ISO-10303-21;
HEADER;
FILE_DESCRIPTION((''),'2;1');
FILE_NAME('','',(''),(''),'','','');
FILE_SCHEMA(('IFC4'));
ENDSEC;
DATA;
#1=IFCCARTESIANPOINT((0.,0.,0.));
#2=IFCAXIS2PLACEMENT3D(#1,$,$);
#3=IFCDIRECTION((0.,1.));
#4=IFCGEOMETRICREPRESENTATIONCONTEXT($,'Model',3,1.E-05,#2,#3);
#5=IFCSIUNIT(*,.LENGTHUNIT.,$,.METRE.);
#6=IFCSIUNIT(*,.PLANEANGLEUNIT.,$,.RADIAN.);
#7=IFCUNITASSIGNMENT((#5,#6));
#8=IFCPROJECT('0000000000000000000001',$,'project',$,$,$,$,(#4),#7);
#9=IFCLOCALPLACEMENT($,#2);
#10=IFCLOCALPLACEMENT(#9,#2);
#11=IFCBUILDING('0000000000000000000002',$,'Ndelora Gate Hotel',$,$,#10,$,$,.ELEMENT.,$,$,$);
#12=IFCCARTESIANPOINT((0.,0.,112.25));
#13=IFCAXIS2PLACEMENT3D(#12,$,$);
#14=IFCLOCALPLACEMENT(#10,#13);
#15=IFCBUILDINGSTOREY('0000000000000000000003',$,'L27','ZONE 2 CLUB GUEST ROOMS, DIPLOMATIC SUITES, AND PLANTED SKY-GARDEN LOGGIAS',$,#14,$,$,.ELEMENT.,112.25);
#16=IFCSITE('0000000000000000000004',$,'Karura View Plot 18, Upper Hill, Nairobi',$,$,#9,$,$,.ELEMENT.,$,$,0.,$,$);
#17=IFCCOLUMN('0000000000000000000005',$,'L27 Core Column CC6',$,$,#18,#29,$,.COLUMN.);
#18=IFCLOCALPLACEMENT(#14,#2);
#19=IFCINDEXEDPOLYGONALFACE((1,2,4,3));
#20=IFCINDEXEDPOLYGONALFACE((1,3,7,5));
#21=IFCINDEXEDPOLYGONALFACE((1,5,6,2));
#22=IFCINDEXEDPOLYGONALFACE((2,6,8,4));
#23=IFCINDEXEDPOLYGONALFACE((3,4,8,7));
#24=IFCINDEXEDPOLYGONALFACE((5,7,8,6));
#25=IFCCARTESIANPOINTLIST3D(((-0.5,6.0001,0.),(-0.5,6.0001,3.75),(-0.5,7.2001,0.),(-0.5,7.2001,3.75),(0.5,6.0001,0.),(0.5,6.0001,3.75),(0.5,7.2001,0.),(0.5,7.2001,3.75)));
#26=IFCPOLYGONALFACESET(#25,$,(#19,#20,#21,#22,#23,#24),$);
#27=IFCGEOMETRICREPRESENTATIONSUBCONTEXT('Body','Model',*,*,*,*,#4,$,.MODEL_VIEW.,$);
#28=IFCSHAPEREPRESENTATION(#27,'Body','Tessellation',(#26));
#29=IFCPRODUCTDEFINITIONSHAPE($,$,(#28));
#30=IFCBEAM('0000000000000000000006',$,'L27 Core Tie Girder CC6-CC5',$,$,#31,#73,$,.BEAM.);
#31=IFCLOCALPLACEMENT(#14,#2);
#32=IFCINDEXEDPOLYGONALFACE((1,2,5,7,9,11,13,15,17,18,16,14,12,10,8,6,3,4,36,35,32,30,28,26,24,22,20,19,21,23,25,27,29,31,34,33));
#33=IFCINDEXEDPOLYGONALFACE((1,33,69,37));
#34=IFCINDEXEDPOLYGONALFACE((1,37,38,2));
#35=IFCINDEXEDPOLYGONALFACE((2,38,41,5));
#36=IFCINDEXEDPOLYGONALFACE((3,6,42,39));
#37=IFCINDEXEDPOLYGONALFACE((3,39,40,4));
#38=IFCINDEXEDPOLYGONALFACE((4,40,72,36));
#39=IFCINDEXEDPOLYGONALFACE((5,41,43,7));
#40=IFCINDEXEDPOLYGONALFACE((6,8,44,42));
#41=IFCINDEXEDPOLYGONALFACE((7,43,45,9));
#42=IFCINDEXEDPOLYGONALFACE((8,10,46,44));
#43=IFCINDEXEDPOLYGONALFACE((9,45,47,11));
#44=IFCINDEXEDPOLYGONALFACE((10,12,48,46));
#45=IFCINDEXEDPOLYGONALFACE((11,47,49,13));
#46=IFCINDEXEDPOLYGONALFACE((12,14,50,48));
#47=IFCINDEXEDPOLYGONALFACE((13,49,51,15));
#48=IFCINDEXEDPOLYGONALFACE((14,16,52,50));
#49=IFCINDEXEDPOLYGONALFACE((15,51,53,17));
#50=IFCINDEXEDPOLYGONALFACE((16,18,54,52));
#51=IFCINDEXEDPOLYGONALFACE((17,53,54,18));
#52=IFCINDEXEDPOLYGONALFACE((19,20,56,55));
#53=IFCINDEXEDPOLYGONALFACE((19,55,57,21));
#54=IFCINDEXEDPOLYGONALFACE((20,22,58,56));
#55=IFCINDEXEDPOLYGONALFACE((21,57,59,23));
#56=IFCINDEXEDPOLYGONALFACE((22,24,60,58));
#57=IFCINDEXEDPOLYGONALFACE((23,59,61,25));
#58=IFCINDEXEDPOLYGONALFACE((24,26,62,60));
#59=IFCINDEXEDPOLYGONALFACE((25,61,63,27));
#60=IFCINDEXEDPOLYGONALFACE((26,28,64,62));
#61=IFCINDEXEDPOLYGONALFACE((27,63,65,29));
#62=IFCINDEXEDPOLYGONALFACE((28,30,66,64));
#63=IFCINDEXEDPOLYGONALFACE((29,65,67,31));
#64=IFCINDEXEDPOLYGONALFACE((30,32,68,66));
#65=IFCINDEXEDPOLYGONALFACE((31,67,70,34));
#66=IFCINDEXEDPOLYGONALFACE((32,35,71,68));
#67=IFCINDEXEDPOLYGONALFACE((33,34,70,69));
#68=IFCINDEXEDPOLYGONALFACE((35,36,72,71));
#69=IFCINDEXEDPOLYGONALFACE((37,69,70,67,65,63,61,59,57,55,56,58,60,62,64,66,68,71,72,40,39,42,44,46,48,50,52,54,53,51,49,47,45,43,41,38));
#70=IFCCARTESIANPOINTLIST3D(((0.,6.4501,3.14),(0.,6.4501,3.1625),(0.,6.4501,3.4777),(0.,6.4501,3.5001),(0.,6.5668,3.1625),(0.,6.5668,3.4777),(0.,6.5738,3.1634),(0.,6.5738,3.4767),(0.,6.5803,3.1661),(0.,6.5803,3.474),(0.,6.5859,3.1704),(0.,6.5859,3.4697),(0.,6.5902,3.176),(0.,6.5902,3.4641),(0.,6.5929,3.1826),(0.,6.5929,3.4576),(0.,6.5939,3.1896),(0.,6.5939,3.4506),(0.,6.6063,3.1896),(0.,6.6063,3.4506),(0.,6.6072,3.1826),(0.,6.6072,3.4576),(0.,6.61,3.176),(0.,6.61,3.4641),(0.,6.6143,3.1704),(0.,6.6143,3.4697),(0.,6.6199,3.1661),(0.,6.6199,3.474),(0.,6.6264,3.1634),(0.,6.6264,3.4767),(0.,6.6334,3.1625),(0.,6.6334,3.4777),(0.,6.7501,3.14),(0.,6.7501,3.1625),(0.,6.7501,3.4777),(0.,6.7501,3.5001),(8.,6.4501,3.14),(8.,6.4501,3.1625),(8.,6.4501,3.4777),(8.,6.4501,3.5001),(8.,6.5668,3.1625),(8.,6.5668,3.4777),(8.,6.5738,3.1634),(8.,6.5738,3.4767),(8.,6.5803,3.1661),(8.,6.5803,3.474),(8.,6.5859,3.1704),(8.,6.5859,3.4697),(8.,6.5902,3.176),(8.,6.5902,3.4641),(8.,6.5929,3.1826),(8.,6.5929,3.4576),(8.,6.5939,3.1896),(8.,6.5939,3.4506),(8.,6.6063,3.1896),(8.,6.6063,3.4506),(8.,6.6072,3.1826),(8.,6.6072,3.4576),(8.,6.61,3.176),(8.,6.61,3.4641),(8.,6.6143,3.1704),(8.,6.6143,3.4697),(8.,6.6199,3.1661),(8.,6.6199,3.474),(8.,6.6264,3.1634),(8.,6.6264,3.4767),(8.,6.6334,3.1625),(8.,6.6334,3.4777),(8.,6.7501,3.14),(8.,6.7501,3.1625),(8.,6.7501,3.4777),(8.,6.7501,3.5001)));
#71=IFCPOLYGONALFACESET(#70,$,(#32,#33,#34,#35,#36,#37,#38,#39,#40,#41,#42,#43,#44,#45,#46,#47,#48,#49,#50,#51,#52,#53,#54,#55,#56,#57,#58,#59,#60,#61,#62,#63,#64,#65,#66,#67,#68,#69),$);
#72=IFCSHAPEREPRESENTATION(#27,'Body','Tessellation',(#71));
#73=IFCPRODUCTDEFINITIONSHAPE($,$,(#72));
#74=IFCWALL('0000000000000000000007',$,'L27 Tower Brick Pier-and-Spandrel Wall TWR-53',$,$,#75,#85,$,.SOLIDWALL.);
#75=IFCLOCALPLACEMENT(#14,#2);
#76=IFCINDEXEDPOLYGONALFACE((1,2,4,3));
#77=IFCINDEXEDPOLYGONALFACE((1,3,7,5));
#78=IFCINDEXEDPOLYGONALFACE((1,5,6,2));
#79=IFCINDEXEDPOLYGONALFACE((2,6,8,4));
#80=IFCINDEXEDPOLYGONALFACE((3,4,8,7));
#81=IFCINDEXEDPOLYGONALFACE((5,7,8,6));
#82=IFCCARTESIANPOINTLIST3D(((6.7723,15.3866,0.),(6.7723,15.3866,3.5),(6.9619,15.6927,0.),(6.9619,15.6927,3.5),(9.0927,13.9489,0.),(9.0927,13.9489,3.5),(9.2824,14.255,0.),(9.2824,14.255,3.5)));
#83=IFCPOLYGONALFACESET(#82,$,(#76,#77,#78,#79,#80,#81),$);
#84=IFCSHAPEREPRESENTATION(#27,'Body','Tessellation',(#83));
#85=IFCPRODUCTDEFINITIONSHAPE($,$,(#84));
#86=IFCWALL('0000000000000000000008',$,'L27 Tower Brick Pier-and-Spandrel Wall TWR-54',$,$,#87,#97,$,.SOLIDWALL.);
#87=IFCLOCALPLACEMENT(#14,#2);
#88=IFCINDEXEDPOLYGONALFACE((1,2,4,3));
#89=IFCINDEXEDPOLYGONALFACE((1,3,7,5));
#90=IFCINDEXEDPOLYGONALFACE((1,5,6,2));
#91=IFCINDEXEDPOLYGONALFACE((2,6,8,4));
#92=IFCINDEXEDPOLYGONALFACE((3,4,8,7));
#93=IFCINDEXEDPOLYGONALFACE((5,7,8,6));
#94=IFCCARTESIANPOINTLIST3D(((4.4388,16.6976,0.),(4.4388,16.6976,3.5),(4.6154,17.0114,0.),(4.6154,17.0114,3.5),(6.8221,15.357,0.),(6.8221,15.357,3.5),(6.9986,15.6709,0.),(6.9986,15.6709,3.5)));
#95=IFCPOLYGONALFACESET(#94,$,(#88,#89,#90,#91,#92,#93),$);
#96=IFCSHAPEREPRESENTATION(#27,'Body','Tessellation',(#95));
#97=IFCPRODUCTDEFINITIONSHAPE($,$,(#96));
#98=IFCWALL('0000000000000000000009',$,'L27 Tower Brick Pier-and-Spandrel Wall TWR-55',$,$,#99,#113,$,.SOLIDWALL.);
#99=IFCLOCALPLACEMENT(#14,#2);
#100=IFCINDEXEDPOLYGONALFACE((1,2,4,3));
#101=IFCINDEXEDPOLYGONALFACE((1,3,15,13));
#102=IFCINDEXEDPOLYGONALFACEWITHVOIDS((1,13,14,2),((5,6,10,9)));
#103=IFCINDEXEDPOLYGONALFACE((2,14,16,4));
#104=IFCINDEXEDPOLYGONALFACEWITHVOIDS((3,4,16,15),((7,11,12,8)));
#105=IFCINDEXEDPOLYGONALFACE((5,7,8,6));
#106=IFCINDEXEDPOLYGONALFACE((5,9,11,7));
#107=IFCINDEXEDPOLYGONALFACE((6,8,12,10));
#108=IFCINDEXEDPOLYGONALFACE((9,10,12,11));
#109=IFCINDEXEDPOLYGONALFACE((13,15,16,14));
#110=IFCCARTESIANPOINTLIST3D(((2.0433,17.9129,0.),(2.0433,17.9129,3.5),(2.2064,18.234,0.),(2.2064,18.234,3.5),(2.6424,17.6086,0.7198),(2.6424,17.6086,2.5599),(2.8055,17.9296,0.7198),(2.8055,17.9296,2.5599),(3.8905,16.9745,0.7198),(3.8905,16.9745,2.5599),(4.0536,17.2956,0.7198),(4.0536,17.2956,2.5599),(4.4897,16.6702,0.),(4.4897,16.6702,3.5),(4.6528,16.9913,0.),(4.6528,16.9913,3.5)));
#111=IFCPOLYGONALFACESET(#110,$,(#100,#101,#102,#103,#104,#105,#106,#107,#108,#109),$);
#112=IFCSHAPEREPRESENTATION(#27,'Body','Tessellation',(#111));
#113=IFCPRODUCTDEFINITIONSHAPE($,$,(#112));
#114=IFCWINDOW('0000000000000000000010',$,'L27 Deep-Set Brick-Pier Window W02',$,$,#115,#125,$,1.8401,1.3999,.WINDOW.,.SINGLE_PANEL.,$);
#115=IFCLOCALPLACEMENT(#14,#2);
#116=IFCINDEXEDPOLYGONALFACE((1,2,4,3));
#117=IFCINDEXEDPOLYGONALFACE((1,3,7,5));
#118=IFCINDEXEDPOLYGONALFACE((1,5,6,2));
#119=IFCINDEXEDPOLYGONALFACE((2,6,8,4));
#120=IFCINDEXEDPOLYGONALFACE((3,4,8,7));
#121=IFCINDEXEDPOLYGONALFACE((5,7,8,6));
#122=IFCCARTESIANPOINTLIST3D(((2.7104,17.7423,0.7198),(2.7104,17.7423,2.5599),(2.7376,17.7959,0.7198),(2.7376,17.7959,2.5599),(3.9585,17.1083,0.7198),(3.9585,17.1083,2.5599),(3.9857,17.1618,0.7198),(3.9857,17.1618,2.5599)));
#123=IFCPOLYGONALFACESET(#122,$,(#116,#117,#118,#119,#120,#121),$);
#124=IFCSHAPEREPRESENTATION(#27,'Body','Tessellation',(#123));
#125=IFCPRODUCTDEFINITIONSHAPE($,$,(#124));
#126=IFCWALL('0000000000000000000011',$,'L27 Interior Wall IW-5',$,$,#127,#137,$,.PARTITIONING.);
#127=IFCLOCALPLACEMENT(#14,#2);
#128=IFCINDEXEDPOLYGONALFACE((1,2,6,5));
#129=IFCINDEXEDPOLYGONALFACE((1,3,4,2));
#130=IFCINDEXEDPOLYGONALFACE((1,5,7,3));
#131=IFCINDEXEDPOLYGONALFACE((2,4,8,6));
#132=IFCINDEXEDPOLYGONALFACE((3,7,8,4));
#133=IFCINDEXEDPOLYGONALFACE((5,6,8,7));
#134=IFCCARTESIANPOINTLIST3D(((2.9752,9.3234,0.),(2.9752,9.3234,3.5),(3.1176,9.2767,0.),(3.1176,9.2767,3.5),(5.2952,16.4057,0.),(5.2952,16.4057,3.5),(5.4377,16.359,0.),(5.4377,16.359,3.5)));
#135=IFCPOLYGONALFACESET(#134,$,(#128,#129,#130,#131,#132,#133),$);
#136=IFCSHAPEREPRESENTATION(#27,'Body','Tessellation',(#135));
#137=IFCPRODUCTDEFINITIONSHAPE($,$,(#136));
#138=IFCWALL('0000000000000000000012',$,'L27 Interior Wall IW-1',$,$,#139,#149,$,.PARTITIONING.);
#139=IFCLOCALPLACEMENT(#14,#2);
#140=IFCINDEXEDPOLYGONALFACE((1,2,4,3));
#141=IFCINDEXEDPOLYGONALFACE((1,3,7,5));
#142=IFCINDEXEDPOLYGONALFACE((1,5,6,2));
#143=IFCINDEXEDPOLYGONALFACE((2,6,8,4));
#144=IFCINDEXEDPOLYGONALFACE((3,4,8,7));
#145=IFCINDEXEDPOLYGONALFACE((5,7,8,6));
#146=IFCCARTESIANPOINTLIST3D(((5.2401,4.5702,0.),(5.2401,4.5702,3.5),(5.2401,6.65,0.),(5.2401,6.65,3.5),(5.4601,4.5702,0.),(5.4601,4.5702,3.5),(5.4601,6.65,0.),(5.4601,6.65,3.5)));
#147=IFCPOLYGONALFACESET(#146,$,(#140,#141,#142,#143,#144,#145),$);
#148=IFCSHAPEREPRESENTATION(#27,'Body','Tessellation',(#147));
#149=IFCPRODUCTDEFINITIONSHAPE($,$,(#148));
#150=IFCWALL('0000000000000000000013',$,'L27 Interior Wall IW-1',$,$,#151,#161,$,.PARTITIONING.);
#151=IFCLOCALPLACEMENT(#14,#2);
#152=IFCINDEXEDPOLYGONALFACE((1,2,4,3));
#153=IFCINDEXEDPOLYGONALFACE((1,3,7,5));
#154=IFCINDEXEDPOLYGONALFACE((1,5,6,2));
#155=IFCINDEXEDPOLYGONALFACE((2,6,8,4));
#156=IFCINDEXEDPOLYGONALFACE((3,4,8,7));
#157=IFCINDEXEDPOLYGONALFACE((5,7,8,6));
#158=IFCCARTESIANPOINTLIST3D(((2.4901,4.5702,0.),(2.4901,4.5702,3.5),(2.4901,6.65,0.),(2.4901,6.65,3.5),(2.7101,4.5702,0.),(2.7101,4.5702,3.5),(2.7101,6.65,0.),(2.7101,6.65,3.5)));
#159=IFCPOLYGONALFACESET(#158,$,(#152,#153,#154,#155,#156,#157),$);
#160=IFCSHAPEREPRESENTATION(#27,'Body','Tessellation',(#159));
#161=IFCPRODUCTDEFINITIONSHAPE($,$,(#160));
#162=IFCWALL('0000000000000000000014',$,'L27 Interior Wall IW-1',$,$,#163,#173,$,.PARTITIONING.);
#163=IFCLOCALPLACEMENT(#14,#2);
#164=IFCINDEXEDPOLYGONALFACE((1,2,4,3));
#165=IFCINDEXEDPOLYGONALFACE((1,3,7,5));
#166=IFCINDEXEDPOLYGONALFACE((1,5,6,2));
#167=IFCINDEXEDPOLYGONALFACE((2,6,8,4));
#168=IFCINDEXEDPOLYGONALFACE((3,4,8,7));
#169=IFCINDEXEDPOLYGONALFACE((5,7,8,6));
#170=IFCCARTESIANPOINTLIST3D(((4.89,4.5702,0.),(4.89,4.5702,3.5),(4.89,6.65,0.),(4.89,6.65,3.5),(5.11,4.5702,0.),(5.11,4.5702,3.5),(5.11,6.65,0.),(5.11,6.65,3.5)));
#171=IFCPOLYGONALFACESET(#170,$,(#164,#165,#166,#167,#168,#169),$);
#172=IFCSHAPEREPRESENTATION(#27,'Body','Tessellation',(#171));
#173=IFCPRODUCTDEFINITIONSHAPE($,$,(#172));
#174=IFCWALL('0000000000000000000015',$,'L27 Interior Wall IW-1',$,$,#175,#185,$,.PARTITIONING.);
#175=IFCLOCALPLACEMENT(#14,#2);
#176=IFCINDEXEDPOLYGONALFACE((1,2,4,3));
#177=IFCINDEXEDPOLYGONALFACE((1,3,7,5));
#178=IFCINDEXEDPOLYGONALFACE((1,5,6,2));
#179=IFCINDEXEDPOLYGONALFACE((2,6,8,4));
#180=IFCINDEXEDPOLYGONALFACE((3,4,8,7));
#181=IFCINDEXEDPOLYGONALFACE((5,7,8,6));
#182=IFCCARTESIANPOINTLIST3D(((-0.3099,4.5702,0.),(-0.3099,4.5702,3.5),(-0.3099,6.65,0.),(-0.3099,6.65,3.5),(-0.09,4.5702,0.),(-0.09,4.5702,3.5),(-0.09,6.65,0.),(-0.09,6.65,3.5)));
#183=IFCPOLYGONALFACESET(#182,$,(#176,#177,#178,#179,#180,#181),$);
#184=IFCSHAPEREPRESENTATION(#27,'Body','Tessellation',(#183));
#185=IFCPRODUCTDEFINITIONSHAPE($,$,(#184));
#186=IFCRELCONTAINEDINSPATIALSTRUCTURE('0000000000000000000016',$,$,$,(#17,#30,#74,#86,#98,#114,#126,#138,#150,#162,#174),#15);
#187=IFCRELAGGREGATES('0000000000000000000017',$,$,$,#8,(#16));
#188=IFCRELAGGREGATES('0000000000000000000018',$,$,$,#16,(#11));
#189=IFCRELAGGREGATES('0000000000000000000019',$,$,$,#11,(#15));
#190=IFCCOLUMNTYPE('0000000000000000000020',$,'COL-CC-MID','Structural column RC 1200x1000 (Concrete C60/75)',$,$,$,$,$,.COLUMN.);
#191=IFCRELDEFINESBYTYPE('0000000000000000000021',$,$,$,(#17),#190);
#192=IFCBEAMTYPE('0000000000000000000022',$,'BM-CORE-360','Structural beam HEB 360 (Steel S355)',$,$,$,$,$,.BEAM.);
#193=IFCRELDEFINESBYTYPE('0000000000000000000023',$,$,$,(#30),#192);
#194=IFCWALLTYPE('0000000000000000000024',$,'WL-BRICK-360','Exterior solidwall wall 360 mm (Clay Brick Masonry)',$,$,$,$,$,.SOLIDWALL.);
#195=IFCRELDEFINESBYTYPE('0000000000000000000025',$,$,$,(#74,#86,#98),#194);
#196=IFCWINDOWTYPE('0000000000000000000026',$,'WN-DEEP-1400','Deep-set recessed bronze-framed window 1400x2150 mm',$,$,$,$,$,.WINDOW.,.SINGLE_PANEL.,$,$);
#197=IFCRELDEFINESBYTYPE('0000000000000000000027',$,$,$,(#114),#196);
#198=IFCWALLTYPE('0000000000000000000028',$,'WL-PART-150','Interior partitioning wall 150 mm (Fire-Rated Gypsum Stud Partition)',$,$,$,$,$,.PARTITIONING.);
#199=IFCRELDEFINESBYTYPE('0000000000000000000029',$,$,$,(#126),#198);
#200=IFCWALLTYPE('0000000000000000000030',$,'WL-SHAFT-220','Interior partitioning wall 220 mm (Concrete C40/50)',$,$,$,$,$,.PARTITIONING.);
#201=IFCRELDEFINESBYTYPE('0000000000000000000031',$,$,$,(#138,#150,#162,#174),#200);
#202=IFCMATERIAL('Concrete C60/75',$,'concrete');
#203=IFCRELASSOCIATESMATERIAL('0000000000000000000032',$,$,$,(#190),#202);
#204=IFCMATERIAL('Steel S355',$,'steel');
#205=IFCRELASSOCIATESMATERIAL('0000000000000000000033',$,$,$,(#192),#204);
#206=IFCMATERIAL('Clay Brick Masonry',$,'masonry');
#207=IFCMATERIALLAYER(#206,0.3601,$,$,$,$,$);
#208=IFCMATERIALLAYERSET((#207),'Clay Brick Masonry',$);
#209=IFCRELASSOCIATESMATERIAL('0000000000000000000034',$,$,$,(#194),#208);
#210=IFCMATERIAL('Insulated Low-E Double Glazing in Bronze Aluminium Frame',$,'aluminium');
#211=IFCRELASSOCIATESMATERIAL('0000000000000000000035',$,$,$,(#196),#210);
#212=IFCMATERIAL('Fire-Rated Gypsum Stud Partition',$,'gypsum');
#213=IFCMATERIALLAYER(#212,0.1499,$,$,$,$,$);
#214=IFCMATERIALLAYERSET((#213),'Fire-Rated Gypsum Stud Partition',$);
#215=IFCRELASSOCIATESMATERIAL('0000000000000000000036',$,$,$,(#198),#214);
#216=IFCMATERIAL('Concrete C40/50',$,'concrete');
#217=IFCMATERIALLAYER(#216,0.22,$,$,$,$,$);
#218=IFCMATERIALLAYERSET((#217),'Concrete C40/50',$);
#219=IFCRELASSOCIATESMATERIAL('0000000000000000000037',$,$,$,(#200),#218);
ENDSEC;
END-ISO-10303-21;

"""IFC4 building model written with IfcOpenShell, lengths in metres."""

from ifc_helpers import new_model, si_unit, direction, frame, frame_2d, origin, origin_2d, place, context, subcontext, project, spatial, rectangle, i_section, extrude, material, layer, layer_set, material_profile, profile_set, type_object, element, fill, save


model = new_model("IFC4")

# Units and contexts
model_context = context("Model", 3, precision=1e-05, world=origin(), true_north=direction((0.0, 1.0)))
body_context = subcontext(model_context, "Body", "Model", "MODEL_VIEW")
ifc_project = project(units=[si_unit("LENGTHUNIT", "METRE"), si_unit("PLANEANGLEUNIT", "RADIAN")], contexts=[model_context])

# Site, building, storey
site_placement = place(None, origin())
site = spatial("IfcSite", under=ifc_project, at=site_placement, Name="Karura View Plot 18, Upper Hill, Nairobi", CompositionType="ELEMENT", RefElevation=0.0)
building_placement = place(site_placement, origin())
building = spatial("IfcBuilding", under=site, at=building_placement, Name="Ndelora Gate Hotel", CompositionType="ELEMENT")
storey_placement = place(building_placement, frame((0.0, 0.0, 112.25)))
storey = spatial("IfcBuildingStorey", under=building, at=storey_placement, Name="L27", Description="ZONE 2 CLUB GUEST ROOMS, DIPLOMATIC SUITES, AND PLANTED SKY-GARDEN LOGGIAS", CompositionType="ELEMENT", Elevation=112.25)

# Column
ifc_material_1 = material(Name="Concrete C60/75", Category="concrete")
ifc_material_profile_1 = material_profile(ifc_material_1, rectangle(XDim=1.0, YDim=1.2, at=origin_2d()), Name="RC 1200x1000")
ifc_profile_set_1 = profile_set([ifc_material_profile_1], Name="Concrete C60/75")
column_type = type_object("IfcColumnType", Name="COL-CC-MID", Description="Structural column RC 1200x1000 (Concrete C60/75)", PredefinedType="COLUMN", material=ifc_profile_set_1)
column_placement = place(storey_placement, frame((0.0, 6.6001, 0.0), z_axis=(0.0, 0.0, 1.0), x_axis=(1.0, 0.0, 0.0)))
element("IfcColumn", 1, at=column_placement, inside=storey, type_object=column_type, Name="L27 Core Column CC6", PredefinedType="COLUMN", context=body_context, shape_type="SweptSolid", body=[
    extrude(rectangle(XDim=1.0, YDim=1.2, at=origin_2d()), origin(), (0.0, 0.0, 1.0), 3.75),
])

# Beam
ifc_material_2 = material(Name="Steel S355", Category="steel")
ifc_material_profile_2 = material_profile(ifc_material_2, i_section(OverallWidth=0.3, OverallDepth=0.3601, WebThickness=0.0125, FlangeThickness=0.0225, FilletRadius=0.0271, at=origin_2d()), Name="HEB 360")
ifc_profile_set_2 = profile_set([ifc_material_profile_2], Name="Steel S355")
beam_type = type_object("IfcBeamType", Name="BM-CORE-360", Description="Structural beam HEB 360 (Steel S355)", PredefinedType="BEAM", material=ifc_profile_set_2)
beam_placement = place(storey_placement, frame((0.0, 6.6001, 3.3201), z_axis=(1.0, 0.0, 0.0), x_axis=(0.0, 1.0, 0.0)))
element("IfcBeam", 2, at=beam_placement, inside=storey, type_object=beam_type, Name="L27 Core Tie Girder CC6-CC5", PredefinedType="BEAM", context=body_context, shape_type="SweptSolid", body=[
    extrude(i_section(OverallWidth=0.3, OverallDepth=0.3601, WebThickness=0.0125, FlangeThickness=0.0225, FilletRadius=0.0271, at=origin_2d()), origin(), (0.0, 0.0, 1.0), 8.0),
])

# Walls
ifc_material_3 = material(Name="Clay Brick Masonry", Category="masonry")
ifc_layer_1 = layer(ifc_material_3, 0.3601)
ifc_layer_set_1 = layer_set([ifc_layer_1], Name="Clay Brick Masonry")
wall_type_1 = type_object("IfcWallType", Name="WL-BRICK-360", Description="Exterior solidwall wall 360 mm (Clay Brick Masonry)", PredefinedType="SOLIDWALL", material=ifc_layer_set_1)
wall_1_placement = place(storey_placement, frame((6.8672, 15.5396, 0.0), z_axis=(0.0, 0.0, 1.0), x_axis=(0.850067, -0.526675, 0.0)))
element("IfcWall", 3, at=wall_1_placement, inside=storey, type_object=wall_type_1, Name="L27 Tower Brick Pier-and-Spandrel Wall TWR-53", PredefinedType="SOLIDWALL", context=body_context, shape_type="SweptSolid", body=[
    extrude(rectangle(XDim=2.7297, YDim=0.3601, at=frame_2d((1.3647, 0.0))), origin(), (0.0, 0.0, 1.0), 3.5),
])
wall_2_placement = place(storey_placement, frame((4.5271, 16.8545, 0.0), z_axis=(0.0, 0.0, 1.0), x_axis=(0.87158, -0.490253, 0.0)))
element("IfcWall", 4, at=wall_2_placement, inside=storey, type_object=wall_type_1, Name="L27 Tower Brick Pier-and-Spandrel Wall TWR-54", PredefinedType="SOLIDWALL", context=body_context, shape_type="SweptSolid", body=[
    extrude(rectangle(XDim=2.7344, YDim=0.3601, at=frame_2d((1.3672, 0.0))), origin(), (0.0, 0.0, 1.0), 3.5),
])

# Wall, opening, window
wall_3_placement = place(storey_placement, frame((2.1248, 18.0735, 0.0), z_axis=(0.0, 0.0, 1.0), x_axis=(0.891562, -0.452899, 0.0)))
wall_3 = element("IfcWall", 5, at=wall_3_placement, inside=storey, type_object=wall_type_1, Name="L27 Tower Brick Pier-and-Spandrel Wall TWR-55", PredefinedType="SOLIDWALL", context=body_context, shape_type="SweptSolid", body=[
    extrude(rectangle(XDim=2.7439, YDim=0.3601, at=frame_2d((1.3721, 0.0))), origin(), (0.0, 0.0, 1.0), 3.5),
])
opening_1_placement = place(wall_3_placement, frame((0.6721, 0.0, 0.72)))
opening_1 = element("IfcOpeningElement", 6, at=opening_1_placement, cuts=wall_3, PredefinedType="OPENING", context=body_context, shape_type="SweptSolid", body=[
    extrude(rectangle(XDim=1.3999, YDim=1.8401, at=frame_2d((0.7, 0.9199))), frame((0.0, 0.1899, 0.0), z_axis=(0.0, -1.0, 0.0), x_axis=(1.0, 0.0, 0.0)), (0.0, 0.0, 1.0), 0.3801),
])
ifc_material_4 = material(Name="Insulated Low-E Double Glazing in Bronze Aluminium Frame", Category="aluminium")
window_type = type_object("IfcWindowType", Name="WN-DEEP-1400", Description="Deep-set recessed bronze-framed window 1400x2150 mm", PartitioningType="SINGLE_PANEL", PredefinedType="WINDOW", material=ifc_material_4)
window_placement = place(opening_1_placement, origin())
window = element("IfcWindow", 7, at=window_placement, inside=storey, type_object=window_type, Name="L27 Deep-Set Brick-Pier Window W02", OverallHeight=1.8401, OverallWidth=1.3999, PartitioningType="SINGLE_PANEL", PredefinedType="WINDOW", context=body_context, shape_type="SweptSolid", body=[
    extrude(rectangle(XDim=1.3999, YDim=1.8401, at=frame_2d((0.7, 0.9199))), frame((0.0, 0.03, 0.0), z_axis=(0.0, -1.0, 0.0), x_axis=(1.0, 0.0, 0.0)), (0.0, 0.0, 1.0), 0.0601),
])
fill(opening_1, window)

# Wall
ifc_material_5 = material(Name="Fire-Rated Gypsum Stud Partition", Category="gypsum")
ifc_layer_2 = layer(ifc_material_5, 0.1499)
ifc_layer_set_2 = layer_set([ifc_layer_2], Name="Fire-Rated Gypsum Stud Partition")
wall_type_2 = type_object("IfcWallType", Name="WL-PART-150", Description="Interior partitioning wall 150 mm (Fire-Rated Gypsum Stud Partition)", PredefinedType="PARTITIONING", material=ifc_layer_set_2)
wall_4_placement = place(storey_placement, frame((3.0464, 9.3, 0.0), z_axis=(0.0, 0.0, 1.0), x_axis=(0.31131, 0.950309, 0.0)))
element("IfcWall", 8, at=wall_4_placement, inside=storey, type_object=wall_type_2, Name="L27 Interior Wall IW-5", PredefinedType="PARTITIONING", context=body_context, shape_type="SweptSolid", body=[
    extrude(rectangle(XDim=7.4526, YDim=0.1499, at=frame_2d((3.7263, 0.0))), origin(), (0.0, 0.0, 1.0), 3.5),
])

# Shared definitions
ifc_material_6 = material(Name="Concrete C40/50", Category="concrete")
ifc_layer_3 = layer(ifc_material_6, 0.22)
ifc_layer_set_3 = layer_set([ifc_layer_3], Name="Concrete C40/50")
wall_type_3 = type_object("IfcWallType", Name="WL-SHAFT-220", Description="Interior partitioning wall 220 mm (Concrete C40/50)", PredefinedType="PARTITIONING", material=ifc_layer_set_3)

# Wall
wall_5_placement = place(storey_placement, frame((5.3501, 4.5701, 0.0), z_axis=(0.0, 0.0, 1.0), x_axis=(0.0, 1.0, 0.0)))
element("IfcWall", 9, at=wall_5_placement, inside=storey, type_object=wall_type_3, Name="L27 Interior Wall IW-1", PredefinedType="PARTITIONING", context=body_context, shape_type="SweptSolid", body=[
    extrude(rectangle(XDim=2.0798, YDim=0.22, at=frame_2d((1.04, 0.0))), origin(), (0.0, 0.0, 1.0), 3.5),
])

# Walls
for number, where, z_axis, x_axis, name in (
    (10, (2.6001, 4.5701, 0.0), (0.0, 0.0, 1.0), (0.0, 1.0, 0.0), "L27 Interior Wall IW-1"),
    (11, (5.0, 4.5701, 0.0), (0.0, 0.0, 1.0), (0.0, 1.0, 0.0), "L27 Interior Wall IW-1"),
    (12, (-0.2, 4.5701, 0.0), (0.0, 0.0, 1.0), (0.0, 1.0, 0.0), "L27 Interior Wall IW-1"),
):
    element("IfcWall", number, at=place(storey_placement, frame(where, z_axis=z_axis, x_axis=x_axis)), inside=storey, type_object=wall_type_3, Name=name, PredefinedType="PARTITIONING", context=body_context, shape_type="SweptSolid", body=[
        extrude(rectangle(XDim=2.0798, YDim=0.22, at=frame_2d((1.04, 0.0))), origin(), (0.0, 0.0, 1.0), 3.5),
    ])

save(model, "model.ifc")
